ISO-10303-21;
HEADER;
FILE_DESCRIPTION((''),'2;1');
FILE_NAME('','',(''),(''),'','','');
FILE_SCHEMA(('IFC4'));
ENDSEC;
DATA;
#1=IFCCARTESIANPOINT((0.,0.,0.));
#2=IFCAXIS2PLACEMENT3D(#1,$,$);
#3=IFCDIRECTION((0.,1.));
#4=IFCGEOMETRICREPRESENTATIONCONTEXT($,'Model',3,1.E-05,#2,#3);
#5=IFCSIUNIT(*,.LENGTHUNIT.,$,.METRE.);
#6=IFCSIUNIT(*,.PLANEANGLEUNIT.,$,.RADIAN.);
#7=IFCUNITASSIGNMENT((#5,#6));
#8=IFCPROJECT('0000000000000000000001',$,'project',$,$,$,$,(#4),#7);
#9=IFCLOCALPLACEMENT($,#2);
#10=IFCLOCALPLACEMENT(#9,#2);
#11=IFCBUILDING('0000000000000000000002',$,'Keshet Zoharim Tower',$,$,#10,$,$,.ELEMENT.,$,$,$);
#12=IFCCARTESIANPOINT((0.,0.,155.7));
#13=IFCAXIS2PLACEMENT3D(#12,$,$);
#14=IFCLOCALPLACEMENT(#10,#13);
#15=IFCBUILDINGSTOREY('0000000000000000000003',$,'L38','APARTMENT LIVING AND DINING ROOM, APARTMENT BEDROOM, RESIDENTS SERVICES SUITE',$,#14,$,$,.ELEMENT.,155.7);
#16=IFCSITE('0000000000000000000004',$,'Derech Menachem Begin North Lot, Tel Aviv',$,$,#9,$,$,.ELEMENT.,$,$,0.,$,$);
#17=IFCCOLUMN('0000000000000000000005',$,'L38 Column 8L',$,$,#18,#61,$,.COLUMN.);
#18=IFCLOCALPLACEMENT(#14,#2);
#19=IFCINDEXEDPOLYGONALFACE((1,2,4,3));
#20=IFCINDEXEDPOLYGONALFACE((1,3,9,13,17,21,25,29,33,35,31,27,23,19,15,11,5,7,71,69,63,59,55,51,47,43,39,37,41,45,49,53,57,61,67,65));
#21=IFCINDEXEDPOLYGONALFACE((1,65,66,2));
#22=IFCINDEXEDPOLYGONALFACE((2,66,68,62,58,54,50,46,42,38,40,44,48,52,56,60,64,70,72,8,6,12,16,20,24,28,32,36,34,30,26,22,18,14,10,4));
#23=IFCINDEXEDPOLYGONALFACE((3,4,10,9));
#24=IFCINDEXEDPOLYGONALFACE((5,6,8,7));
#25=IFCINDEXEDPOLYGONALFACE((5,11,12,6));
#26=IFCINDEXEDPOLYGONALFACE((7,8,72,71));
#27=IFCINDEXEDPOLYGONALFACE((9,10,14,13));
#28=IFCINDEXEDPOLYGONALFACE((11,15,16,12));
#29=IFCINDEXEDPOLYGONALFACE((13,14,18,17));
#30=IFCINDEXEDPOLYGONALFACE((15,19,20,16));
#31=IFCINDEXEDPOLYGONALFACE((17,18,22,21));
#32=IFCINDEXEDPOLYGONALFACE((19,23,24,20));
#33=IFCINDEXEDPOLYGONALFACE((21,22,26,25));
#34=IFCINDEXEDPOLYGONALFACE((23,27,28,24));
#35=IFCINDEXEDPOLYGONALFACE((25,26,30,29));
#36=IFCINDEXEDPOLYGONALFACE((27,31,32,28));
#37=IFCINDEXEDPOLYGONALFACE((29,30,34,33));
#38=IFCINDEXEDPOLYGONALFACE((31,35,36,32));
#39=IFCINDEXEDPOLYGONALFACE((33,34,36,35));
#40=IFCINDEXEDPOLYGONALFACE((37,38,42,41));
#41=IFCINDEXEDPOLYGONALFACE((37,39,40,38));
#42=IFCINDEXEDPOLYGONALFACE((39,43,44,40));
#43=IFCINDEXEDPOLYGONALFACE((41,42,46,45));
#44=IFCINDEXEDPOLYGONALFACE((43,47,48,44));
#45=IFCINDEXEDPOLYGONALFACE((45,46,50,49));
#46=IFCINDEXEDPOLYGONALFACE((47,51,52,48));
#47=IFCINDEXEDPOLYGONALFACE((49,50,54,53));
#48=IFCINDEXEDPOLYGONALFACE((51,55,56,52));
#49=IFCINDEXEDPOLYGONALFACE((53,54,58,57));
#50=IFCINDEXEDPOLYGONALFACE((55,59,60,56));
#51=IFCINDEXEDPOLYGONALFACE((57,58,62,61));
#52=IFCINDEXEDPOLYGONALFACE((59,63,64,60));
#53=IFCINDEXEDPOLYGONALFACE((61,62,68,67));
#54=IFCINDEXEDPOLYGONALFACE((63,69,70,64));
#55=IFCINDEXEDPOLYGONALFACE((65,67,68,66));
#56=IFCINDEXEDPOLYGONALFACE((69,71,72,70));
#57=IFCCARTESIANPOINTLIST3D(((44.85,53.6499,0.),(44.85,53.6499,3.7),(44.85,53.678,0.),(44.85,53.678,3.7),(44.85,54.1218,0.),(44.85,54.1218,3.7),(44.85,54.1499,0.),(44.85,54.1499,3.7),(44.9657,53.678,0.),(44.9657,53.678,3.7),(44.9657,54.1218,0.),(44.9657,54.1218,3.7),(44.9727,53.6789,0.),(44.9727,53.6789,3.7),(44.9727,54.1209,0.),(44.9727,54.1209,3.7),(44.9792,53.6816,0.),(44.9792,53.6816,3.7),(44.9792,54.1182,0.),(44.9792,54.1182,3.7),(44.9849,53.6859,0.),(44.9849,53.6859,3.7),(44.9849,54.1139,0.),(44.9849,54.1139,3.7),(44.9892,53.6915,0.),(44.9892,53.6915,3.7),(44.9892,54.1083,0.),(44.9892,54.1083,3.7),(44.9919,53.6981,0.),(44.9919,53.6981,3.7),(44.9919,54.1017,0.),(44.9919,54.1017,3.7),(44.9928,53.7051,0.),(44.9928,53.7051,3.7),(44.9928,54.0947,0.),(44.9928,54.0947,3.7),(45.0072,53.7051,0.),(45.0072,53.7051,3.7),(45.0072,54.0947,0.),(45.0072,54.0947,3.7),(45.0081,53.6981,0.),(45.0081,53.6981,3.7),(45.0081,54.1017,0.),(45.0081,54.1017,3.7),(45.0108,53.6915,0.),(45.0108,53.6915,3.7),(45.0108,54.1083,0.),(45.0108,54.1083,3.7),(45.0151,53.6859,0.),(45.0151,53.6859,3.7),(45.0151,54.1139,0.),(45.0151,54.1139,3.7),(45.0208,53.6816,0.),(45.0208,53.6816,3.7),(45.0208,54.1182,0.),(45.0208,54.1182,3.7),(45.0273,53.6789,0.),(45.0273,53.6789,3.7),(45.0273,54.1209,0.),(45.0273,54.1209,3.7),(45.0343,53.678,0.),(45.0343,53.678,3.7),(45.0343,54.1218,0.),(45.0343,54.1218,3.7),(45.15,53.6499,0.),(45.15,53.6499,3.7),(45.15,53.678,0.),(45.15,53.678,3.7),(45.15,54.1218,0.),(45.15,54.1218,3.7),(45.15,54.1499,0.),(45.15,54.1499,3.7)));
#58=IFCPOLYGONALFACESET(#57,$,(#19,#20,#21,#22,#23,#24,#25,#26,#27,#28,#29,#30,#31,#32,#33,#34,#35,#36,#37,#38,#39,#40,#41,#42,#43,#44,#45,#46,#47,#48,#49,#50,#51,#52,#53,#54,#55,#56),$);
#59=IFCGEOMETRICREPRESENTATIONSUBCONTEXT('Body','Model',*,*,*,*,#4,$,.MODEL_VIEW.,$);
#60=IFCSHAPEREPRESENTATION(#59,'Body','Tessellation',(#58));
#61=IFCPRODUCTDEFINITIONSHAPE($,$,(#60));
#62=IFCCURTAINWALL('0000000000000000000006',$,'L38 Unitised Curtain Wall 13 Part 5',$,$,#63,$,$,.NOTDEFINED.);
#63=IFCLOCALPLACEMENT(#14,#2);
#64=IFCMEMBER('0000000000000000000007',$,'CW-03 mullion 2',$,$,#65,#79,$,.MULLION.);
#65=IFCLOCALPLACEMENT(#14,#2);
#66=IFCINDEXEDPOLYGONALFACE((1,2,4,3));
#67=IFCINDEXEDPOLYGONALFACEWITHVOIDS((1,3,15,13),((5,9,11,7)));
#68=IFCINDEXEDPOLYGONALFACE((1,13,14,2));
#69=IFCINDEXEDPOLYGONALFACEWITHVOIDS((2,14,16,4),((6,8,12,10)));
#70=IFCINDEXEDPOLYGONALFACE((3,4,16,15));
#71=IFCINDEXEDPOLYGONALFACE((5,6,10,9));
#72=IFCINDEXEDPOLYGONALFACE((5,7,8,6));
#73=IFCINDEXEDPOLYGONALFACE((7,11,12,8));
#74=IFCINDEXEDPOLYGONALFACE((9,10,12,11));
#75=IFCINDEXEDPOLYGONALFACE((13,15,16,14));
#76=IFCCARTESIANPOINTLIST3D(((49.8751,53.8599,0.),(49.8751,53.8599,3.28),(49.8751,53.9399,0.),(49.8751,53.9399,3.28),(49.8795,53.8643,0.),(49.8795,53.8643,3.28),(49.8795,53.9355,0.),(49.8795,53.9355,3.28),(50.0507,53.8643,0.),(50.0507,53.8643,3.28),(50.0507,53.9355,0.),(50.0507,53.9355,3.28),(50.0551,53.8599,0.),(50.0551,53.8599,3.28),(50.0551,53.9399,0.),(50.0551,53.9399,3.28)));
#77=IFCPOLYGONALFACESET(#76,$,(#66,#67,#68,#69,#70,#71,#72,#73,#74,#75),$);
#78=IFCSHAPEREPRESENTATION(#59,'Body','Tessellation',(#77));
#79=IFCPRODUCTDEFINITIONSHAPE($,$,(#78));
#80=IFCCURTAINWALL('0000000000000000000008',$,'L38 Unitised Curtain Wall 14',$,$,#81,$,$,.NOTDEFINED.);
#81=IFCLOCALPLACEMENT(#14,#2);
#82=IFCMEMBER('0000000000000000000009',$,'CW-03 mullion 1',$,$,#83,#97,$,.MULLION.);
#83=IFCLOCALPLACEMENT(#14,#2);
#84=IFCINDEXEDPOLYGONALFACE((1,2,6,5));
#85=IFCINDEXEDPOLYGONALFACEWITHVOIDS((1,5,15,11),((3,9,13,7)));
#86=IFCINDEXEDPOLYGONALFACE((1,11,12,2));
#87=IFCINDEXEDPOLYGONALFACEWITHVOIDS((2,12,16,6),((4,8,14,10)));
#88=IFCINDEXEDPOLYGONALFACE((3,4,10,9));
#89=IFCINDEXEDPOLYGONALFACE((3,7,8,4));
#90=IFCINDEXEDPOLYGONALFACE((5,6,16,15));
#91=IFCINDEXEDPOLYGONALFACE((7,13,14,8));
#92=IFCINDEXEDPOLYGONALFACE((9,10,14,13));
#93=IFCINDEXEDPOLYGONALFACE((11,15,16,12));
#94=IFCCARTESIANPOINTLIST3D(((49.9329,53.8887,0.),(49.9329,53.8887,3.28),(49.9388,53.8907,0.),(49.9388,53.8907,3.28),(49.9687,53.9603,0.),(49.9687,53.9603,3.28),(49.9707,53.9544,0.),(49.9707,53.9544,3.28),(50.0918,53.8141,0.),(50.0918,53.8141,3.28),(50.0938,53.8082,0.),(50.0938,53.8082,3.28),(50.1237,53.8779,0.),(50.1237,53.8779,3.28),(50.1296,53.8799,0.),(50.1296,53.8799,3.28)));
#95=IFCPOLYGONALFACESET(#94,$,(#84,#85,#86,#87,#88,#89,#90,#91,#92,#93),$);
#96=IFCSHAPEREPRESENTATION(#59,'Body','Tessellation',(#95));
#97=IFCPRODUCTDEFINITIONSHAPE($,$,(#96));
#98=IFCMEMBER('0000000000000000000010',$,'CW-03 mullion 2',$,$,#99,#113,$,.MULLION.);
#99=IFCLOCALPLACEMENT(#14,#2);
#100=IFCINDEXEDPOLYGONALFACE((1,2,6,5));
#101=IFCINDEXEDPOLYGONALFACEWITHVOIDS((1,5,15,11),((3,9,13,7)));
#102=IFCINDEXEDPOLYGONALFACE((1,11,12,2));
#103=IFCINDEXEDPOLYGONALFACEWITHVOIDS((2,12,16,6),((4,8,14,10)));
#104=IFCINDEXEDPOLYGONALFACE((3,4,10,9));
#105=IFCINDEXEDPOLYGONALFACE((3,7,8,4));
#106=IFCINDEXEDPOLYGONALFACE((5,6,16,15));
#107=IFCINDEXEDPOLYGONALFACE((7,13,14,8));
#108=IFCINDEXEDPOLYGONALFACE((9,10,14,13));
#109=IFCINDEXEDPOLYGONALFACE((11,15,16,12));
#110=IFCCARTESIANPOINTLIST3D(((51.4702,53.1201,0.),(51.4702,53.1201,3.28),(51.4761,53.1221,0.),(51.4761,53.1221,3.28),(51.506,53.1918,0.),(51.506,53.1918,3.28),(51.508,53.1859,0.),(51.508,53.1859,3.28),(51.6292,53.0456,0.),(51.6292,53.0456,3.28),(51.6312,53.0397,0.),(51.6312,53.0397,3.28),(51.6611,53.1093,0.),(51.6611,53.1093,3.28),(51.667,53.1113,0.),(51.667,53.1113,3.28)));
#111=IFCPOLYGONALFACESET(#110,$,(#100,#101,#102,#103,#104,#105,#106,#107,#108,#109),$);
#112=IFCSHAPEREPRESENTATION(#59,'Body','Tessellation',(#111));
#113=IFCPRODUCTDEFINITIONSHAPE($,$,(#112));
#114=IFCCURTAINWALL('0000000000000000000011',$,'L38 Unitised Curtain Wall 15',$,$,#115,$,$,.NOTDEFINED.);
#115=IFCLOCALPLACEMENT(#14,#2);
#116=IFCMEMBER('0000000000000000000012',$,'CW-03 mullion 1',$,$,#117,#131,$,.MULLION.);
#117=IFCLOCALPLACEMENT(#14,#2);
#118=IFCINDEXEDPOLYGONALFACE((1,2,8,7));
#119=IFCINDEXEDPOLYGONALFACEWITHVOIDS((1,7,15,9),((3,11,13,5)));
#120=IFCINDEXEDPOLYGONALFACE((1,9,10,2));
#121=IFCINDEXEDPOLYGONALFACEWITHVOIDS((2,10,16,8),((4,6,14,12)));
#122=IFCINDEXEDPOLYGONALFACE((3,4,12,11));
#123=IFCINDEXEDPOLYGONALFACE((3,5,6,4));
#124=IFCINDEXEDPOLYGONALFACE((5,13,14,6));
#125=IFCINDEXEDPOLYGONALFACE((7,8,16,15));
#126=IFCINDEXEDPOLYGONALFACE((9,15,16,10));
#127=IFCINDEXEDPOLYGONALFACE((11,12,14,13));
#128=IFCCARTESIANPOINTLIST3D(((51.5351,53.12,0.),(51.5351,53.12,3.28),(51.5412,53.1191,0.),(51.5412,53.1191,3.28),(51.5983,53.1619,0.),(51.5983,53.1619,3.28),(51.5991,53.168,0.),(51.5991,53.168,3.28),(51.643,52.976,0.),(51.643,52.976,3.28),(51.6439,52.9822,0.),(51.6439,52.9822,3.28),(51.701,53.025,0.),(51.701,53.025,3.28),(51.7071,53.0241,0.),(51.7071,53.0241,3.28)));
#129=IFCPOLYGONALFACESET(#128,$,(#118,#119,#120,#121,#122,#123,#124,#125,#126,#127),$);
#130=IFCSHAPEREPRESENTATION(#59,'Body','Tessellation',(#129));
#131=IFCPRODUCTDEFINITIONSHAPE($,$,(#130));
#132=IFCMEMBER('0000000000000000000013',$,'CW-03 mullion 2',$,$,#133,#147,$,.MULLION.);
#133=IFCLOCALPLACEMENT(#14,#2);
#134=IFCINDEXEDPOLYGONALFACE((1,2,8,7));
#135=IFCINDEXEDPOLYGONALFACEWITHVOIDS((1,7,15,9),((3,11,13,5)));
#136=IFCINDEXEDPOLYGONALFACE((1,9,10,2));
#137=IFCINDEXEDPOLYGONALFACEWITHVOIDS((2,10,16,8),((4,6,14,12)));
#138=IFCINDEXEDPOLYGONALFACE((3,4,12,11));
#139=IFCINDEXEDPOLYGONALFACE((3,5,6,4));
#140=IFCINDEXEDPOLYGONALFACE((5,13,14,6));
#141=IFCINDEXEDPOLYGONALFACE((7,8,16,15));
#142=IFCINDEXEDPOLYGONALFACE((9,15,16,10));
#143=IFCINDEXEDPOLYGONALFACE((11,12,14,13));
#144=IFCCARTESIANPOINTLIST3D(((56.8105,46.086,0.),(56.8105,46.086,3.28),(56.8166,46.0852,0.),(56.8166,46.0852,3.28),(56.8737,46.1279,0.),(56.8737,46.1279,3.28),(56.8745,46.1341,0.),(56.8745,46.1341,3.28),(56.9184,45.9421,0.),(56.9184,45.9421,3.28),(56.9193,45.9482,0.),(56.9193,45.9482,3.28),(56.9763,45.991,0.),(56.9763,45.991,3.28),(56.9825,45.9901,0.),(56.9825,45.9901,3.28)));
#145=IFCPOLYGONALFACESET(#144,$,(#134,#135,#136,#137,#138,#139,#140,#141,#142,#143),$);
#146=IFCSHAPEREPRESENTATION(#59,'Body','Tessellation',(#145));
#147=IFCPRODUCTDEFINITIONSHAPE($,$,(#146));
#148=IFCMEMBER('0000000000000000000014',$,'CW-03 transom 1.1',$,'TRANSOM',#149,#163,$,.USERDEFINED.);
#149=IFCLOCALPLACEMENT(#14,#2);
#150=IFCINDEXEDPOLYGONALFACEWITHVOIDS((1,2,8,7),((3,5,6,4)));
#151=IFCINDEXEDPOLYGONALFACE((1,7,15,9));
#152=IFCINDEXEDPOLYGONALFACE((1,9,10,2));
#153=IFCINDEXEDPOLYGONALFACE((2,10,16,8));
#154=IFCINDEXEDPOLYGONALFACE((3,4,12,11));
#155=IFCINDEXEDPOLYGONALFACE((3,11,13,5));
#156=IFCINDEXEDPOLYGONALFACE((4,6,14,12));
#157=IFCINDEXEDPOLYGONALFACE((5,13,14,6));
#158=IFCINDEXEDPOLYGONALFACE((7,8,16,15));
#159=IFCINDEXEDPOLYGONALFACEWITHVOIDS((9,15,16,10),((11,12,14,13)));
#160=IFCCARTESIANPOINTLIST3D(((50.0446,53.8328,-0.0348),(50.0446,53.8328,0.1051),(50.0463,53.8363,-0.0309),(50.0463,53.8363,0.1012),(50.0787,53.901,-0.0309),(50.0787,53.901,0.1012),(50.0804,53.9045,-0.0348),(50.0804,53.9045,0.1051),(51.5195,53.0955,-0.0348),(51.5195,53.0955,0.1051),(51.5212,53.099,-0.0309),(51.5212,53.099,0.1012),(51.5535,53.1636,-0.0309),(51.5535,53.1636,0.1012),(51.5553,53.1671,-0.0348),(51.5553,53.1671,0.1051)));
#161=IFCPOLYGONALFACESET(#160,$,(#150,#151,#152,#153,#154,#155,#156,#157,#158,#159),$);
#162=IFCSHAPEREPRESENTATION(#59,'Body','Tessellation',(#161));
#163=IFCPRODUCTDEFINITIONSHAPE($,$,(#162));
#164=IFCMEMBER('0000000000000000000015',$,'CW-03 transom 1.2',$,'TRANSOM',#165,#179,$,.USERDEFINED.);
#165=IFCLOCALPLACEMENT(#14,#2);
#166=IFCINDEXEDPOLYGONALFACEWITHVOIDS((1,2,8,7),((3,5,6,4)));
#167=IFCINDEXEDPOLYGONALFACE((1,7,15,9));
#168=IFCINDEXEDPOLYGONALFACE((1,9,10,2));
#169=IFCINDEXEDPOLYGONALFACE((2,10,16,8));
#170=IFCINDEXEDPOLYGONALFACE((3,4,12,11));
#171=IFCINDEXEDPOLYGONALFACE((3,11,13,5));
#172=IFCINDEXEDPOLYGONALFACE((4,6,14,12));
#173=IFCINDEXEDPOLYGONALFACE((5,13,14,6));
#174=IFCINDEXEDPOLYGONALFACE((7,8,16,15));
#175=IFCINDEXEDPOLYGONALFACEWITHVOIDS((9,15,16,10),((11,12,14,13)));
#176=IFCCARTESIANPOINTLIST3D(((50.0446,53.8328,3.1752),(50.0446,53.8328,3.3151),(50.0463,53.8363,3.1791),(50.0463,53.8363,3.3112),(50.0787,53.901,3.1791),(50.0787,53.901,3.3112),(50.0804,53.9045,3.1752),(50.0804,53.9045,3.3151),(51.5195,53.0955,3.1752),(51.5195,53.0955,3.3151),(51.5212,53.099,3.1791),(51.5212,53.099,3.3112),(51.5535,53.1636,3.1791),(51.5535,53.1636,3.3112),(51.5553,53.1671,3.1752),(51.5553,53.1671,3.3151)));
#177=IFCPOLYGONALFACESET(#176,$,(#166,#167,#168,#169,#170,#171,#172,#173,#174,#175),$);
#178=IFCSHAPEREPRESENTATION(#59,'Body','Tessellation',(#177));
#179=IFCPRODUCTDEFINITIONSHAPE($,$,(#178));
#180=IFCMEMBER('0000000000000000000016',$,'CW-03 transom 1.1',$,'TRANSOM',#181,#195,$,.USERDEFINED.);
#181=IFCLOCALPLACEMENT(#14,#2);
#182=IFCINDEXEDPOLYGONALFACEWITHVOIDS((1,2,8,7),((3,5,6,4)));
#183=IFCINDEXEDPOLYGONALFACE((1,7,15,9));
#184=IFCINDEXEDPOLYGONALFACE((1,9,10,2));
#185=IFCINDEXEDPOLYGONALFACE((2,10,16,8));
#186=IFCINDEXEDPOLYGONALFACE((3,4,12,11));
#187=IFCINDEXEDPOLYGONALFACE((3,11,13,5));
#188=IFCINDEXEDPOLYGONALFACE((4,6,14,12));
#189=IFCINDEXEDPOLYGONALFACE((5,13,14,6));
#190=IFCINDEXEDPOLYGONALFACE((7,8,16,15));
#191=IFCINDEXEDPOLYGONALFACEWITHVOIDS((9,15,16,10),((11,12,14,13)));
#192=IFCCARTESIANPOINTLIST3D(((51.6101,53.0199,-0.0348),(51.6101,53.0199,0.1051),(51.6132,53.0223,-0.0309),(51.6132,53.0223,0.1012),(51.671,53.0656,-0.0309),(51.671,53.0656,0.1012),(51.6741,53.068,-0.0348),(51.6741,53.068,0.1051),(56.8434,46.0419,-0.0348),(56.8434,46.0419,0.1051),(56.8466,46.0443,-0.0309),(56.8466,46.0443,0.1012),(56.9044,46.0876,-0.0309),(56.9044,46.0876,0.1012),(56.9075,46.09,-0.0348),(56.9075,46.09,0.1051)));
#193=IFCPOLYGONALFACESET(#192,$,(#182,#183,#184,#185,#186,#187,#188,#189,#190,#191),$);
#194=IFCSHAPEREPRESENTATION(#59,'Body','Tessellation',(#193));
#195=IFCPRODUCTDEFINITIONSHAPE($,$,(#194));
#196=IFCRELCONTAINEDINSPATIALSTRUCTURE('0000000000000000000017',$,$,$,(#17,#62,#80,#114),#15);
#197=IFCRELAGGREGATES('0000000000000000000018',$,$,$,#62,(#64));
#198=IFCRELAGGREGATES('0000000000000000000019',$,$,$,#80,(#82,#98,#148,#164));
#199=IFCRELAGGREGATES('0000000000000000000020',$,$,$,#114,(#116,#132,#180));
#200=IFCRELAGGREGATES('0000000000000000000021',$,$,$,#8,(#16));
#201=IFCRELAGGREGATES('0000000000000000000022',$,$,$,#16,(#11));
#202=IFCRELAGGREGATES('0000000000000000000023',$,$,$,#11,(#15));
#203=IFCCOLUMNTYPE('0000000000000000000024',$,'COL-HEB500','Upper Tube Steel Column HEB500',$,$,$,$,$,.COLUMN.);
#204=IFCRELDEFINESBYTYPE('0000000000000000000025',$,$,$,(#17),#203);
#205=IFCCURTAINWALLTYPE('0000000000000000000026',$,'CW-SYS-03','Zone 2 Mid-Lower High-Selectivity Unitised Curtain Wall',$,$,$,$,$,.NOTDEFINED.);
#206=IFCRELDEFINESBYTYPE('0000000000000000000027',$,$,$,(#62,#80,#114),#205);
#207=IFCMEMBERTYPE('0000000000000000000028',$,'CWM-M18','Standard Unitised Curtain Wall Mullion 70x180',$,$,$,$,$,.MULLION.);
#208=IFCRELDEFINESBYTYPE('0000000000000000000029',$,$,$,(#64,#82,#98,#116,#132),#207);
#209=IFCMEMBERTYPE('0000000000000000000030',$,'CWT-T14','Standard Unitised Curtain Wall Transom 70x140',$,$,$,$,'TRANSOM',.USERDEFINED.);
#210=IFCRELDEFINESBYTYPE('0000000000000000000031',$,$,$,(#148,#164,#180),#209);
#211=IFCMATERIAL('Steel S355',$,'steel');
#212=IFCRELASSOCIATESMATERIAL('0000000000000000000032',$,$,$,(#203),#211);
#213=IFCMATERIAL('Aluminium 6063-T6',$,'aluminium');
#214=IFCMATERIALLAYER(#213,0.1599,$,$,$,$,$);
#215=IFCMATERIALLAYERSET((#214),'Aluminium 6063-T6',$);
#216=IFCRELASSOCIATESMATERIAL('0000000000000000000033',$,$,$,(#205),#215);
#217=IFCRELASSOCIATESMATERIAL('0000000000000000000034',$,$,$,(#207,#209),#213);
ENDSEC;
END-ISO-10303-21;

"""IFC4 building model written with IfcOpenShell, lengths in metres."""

from ifc_helpers import new_model, si_unit, direction, frame, origin, origin_2d, place, context, subcontext, project, spatial, hollow_rectangle, i_section, extrude, material, layer, layer_set, material_profile, profile_set, type_object, element, aggregate, save


model = new_model("IFC4")

# Units and contexts
model_context = context("Model", 3, precision=1e-05, world=origin(), true_north=direction((0.0, 1.0)))
body_context = subcontext(model_context, "Body", "Model", "MODEL_VIEW")
ifc_project = project(units=[si_unit("LENGTHUNIT", "METRE"), si_unit("PLANEANGLEUNIT", "RADIAN")], contexts=[model_context])

# Site, building, storey
site_placement = place(None, origin())
site = spatial("IfcSite", under=ifc_project, at=site_placement, Name="Derech Menachem Begin North Lot, Tel Aviv", CompositionType="ELEMENT", RefElevation=0.0)
building_placement = place(site_placement, origin())
building = spatial("IfcBuilding", under=site, at=building_placement, Name="Keshet Zoharim Tower", CompositionType="ELEMENT")
storey_placement = place(building_placement, frame((0.0, 0.0, 155.7)))
storey = spatial("IfcBuildingStorey", under=building, at=storey_placement, Name="L38", Description="APARTMENT LIVING AND DINING ROOM, APARTMENT BEDROOM, RESIDENTS SERVICES SUITE", CompositionType="ELEMENT", Elevation=155.7)

# Column
ifc_material_1 = material(Name="Steel S355", Category="steel")
ifc_material_profile_1 = material_profile(ifc_material_1, i_section(OverallWidth=0.3, OverallDepth=0.5, WebThickness=0.0144, FlangeThickness=0.0281, FilletRadius=0.0271, at=origin_2d()), Name="HEB500")
ifc_profile_set_1 = profile_set([ifc_material_profile_1], Name="Steel S355")
column_type = type_object("IfcColumnType", Name="COL-HEB500", Description="Upper Tube Steel Column HEB500", PredefinedType="COLUMN", material=ifc_profile_set_1)
column_placement = place(storey_placement, frame((45.0, 53.8999, 0.0), z_axis=(0.0, 0.0, 1.0), x_axis=(1.0, 0.0, 0.0)))
element("IfcColumn", 1, at=column_placement, inside=storey, type_object=column_type, Name="L38 Column 8L", PredefinedType="COLUMN", context=body_context, shape_type="SweptSolid", body=[
    extrude(i_section(OverallWidth=0.3, OverallDepth=0.5, WebThickness=0.0144, FlangeThickness=0.0281, FilletRadius=0.0271, at=origin_2d()), origin(), (0.0, 0.0, 1.0), 3.7),
])

# Curtain wall, member
ifc_material_2 = material(Name="Aluminium 6063-T6", Category="aluminium")
ifc_layer_1 = layer(ifc_material_2, 0.1599)
ifc_layer_set_1 = layer_set([ifc_layer_1], Name="Aluminium 6063-T6")
curtain_wall_type = type_object("IfcCurtainWallType", Name="CW-SYS-03", Description="Zone 2 Mid-Lower High-Selectivity Unitised Curtain Wall", PredefinedType="NOTDEFINED", material=ifc_layer_set_1)
curtain_wall_1_placement = place(storey_placement, origin())
curtain_wall_1 = element("IfcCurtainWall", 2, at=curtain_wall_1_placement, inside=storey, type_object=curtain_wall_type, Name="L38 Unitised Curtain Wall 13 Part 5", PredefinedType="NOTDEFINED")
ifc_material_profile_2 = material_profile(ifc_material_2, hollow_rectangle(XDim=0.0801, YDim=0.1799, WallThickness=0.0044, at=origin_2d()), Name="MUL-80x180")
ifc_profile_set_2 = profile_set([ifc_material_profile_2], Name="Aluminium 6063-T6")
member_type_1 = type_object("IfcMemberType", Name="CWM-M18", Description="Standard Unitised Curtain Wall Mullion 70x180", PredefinedType="MULLION", material=ifc_profile_set_2)
member_1_placement = place(storey_placement, frame((49.9651, 53.8999, 0.0), z_axis=(0.0, 0.0, 1.0), x_axis=(0.0, 1.0, 0.0)))
member_1 = element("IfcMember", 3, at=member_1_placement, type_object=member_type_1, Name="CW-03 mullion 2", PredefinedType="MULLION", context=body_context, shape_type="SweptSolid", body=[
    extrude(hollow_rectangle(XDim=0.0801, YDim=0.1799, WallThickness=0.0044, at=origin_2d()), origin(), (0.0, 0.0, 1.0), 3.28),
])

# Curtain walls, members
curtain_wall_2_placement = place(storey_placement, origin())
curtain_wall_2 = element("IfcCurtainWall", 4, at=curtain_wall_2_placement, inside=storey, type_object=curtain_wall_type, Name="L38 Unitised Curtain Wall 14", PredefinedType="NOTDEFINED")
member_2_placement = place(storey_placement, frame((50.0312, 53.8843, 0.0), z_axis=(0.0, 0.0, 1.0), x_axis=(0.447214, 0.894427, 0.0)))
member_2 = element("IfcMember", 5, at=member_2_placement, type_object=member_type_1, Name="CW-03 mullion 1", PredefinedType="MULLION", context=body_context, shape_type="SweptSolid", body=[
    extrude(hollow_rectangle(XDim=0.0801, YDim=0.1799, WallThickness=0.0044, at=origin_2d()), origin(), (0.0, 0.0, 1.0), 3.28),
])
member_3_placement = place(storey_placement, frame((51.5686, 53.1157, 0.0), z_axis=(0.0, 0.0, 1.0), x_axis=(0.447214, 0.894427, 0.0)))
member_3 = element("IfcMember", 6, at=member_3_placement, type_object=member_type_1, Name="CW-03 mullion 2", PredefinedType="MULLION", context=body_context, shape_type="SweptSolid", body=[
    extrude(hollow_rectangle(XDim=0.0801, YDim=0.1799, WallThickness=0.0044, at=origin_2d()), origin(), (0.0, 0.0, 1.0), 3.28),
])
curtain_wall_3_placement = place(storey_placement, origin())
curtain_wall_3 = element("IfcCurtainWall", 7, at=curtain_wall_3_placement, inside=storey, type_object=curtain_wall_type, Name="L38 Unitised Curtain Wall 15", PredefinedType="NOTDEFINED")
member_4_placement = place(storey_placement, frame((51.6211, 53.072, 0.0), z_axis=(0.0, 0.0, 1.0), x_axis=(0.8, 0.6, 0.0)))
member_4 = element("IfcMember", 8, at=member_4_placement, type_object=member_type_1, Name="CW-03 mullion 1", PredefinedType="MULLION", context=body_context, shape_type="SweptSolid", body=[
    extrude(hollow_rectangle(XDim=0.0801, YDim=0.1799, WallThickness=0.0044, at=origin_2d()), origin(), (0.0, 0.0, 1.0), 3.28),
])
member_5_placement = place(storey_placement, frame((56.8965, 46.0381, 0.0), z_axis=(0.0, 0.0, 1.0), x_axis=(0.8, 0.6, 0.0)))
member_5 = element("IfcMember", 9, at=member_5_placement, type_object=member_type_1, Name="CW-03 mullion 2", PredefinedType="MULLION", context=body_context, shape_type="SweptSolid", body=[
    extrude(hollow_rectangle(XDim=0.0801, YDim=0.1799, WallThickness=0.0044, at=origin_2d()), origin(), (0.0, 0.0, 1.0), 3.28),
])

# Members
ifc_material_profile_3 = material_profile(ifc_material_2, hollow_rectangle(XDim=0.0801, YDim=0.1399, WallThickness=0.0039, at=origin_2d()), Name="TRN-80x140")
ifc_profile_set_3 = profile_set([ifc_material_profile_3], Name="Aluminium 6063-T6")
member_type_2 = type_object("IfcMemberType", Name="CWT-T14", Description="Standard Unitised Curtain Wall Transom 70x140", ElementType="TRANSOM", PredefinedType="USERDEFINED", material=ifc_profile_set_3)
member_6_placement = place(storey_placement, frame((50.0625, 53.8687, 0.0352), z_axis=(0.894457, -0.447154, 0.0), x_axis=(0.447154, 0.894457, 0.0)))
member_6 = element("IfcMember", 10, at=member_6_placement, type_object=member_type_2, Name="CW-03 transom 1.1", ObjectType="TRANSOM", PredefinedType="USERDEFINED", context=body_context, shape_type="SweptSolid", body=[
    extrude(hollow_rectangle(XDim=0.0801, YDim=0.1399, WallThickness=0.0039, at=origin_2d()), origin(), (0.0, 0.0, 1.0), 1.6489),
])
member_7_placement = place(storey_placement, frame((50.0625, 53.8687, 3.2451), z_axis=(0.894457, -0.447154, 0.0), x_axis=(0.447154, 0.894457, 0.0)))
member_7 = element("IfcMember", 11, at=member_7_placement, type_object=member_type_2, Name="CW-03 transom 1.2", ObjectType="TRANSOM", PredefinedType="USERDEFINED", context=body_context, shape_type="SweptSolid", body=[
    extrude(hollow_rectangle(XDim=0.0801, YDim=0.1399, WallThickness=0.0039, at=origin_2d()), origin(), (0.0, 0.0, 1.0), 1.6489),
])
member_8_placement = place(storey_placement, frame((51.6421, 53.0439, 0.0352), z_axis=(0.599991, -0.800007, 0.0), x_axis=(0.800007, 0.599991, 0.0)))
member_8 = element("IfcMember", 12, at=member_8_placement, type_object=member_type_2, Name="CW-03 transom 1.1", ObjectType="TRANSOM", PredefinedType="USERDEFINED", context=body_context, shape_type="SweptSolid", body=[
    extrude(hollow_rectangle(XDim=0.0801, YDim=0.1399, WallThickness=0.0039, at=origin_2d()), origin(), (0.0, 0.0, 1.0), 8.7224),
])

aggregate(curtain_wall_1, [member_1])
aggregate(curtain_wall_2, [member_2, member_3, member_6, member_7])
aggregate(curtain_wall_3, [member_4, member_5, member_8])

save(model, "model.ifc")
